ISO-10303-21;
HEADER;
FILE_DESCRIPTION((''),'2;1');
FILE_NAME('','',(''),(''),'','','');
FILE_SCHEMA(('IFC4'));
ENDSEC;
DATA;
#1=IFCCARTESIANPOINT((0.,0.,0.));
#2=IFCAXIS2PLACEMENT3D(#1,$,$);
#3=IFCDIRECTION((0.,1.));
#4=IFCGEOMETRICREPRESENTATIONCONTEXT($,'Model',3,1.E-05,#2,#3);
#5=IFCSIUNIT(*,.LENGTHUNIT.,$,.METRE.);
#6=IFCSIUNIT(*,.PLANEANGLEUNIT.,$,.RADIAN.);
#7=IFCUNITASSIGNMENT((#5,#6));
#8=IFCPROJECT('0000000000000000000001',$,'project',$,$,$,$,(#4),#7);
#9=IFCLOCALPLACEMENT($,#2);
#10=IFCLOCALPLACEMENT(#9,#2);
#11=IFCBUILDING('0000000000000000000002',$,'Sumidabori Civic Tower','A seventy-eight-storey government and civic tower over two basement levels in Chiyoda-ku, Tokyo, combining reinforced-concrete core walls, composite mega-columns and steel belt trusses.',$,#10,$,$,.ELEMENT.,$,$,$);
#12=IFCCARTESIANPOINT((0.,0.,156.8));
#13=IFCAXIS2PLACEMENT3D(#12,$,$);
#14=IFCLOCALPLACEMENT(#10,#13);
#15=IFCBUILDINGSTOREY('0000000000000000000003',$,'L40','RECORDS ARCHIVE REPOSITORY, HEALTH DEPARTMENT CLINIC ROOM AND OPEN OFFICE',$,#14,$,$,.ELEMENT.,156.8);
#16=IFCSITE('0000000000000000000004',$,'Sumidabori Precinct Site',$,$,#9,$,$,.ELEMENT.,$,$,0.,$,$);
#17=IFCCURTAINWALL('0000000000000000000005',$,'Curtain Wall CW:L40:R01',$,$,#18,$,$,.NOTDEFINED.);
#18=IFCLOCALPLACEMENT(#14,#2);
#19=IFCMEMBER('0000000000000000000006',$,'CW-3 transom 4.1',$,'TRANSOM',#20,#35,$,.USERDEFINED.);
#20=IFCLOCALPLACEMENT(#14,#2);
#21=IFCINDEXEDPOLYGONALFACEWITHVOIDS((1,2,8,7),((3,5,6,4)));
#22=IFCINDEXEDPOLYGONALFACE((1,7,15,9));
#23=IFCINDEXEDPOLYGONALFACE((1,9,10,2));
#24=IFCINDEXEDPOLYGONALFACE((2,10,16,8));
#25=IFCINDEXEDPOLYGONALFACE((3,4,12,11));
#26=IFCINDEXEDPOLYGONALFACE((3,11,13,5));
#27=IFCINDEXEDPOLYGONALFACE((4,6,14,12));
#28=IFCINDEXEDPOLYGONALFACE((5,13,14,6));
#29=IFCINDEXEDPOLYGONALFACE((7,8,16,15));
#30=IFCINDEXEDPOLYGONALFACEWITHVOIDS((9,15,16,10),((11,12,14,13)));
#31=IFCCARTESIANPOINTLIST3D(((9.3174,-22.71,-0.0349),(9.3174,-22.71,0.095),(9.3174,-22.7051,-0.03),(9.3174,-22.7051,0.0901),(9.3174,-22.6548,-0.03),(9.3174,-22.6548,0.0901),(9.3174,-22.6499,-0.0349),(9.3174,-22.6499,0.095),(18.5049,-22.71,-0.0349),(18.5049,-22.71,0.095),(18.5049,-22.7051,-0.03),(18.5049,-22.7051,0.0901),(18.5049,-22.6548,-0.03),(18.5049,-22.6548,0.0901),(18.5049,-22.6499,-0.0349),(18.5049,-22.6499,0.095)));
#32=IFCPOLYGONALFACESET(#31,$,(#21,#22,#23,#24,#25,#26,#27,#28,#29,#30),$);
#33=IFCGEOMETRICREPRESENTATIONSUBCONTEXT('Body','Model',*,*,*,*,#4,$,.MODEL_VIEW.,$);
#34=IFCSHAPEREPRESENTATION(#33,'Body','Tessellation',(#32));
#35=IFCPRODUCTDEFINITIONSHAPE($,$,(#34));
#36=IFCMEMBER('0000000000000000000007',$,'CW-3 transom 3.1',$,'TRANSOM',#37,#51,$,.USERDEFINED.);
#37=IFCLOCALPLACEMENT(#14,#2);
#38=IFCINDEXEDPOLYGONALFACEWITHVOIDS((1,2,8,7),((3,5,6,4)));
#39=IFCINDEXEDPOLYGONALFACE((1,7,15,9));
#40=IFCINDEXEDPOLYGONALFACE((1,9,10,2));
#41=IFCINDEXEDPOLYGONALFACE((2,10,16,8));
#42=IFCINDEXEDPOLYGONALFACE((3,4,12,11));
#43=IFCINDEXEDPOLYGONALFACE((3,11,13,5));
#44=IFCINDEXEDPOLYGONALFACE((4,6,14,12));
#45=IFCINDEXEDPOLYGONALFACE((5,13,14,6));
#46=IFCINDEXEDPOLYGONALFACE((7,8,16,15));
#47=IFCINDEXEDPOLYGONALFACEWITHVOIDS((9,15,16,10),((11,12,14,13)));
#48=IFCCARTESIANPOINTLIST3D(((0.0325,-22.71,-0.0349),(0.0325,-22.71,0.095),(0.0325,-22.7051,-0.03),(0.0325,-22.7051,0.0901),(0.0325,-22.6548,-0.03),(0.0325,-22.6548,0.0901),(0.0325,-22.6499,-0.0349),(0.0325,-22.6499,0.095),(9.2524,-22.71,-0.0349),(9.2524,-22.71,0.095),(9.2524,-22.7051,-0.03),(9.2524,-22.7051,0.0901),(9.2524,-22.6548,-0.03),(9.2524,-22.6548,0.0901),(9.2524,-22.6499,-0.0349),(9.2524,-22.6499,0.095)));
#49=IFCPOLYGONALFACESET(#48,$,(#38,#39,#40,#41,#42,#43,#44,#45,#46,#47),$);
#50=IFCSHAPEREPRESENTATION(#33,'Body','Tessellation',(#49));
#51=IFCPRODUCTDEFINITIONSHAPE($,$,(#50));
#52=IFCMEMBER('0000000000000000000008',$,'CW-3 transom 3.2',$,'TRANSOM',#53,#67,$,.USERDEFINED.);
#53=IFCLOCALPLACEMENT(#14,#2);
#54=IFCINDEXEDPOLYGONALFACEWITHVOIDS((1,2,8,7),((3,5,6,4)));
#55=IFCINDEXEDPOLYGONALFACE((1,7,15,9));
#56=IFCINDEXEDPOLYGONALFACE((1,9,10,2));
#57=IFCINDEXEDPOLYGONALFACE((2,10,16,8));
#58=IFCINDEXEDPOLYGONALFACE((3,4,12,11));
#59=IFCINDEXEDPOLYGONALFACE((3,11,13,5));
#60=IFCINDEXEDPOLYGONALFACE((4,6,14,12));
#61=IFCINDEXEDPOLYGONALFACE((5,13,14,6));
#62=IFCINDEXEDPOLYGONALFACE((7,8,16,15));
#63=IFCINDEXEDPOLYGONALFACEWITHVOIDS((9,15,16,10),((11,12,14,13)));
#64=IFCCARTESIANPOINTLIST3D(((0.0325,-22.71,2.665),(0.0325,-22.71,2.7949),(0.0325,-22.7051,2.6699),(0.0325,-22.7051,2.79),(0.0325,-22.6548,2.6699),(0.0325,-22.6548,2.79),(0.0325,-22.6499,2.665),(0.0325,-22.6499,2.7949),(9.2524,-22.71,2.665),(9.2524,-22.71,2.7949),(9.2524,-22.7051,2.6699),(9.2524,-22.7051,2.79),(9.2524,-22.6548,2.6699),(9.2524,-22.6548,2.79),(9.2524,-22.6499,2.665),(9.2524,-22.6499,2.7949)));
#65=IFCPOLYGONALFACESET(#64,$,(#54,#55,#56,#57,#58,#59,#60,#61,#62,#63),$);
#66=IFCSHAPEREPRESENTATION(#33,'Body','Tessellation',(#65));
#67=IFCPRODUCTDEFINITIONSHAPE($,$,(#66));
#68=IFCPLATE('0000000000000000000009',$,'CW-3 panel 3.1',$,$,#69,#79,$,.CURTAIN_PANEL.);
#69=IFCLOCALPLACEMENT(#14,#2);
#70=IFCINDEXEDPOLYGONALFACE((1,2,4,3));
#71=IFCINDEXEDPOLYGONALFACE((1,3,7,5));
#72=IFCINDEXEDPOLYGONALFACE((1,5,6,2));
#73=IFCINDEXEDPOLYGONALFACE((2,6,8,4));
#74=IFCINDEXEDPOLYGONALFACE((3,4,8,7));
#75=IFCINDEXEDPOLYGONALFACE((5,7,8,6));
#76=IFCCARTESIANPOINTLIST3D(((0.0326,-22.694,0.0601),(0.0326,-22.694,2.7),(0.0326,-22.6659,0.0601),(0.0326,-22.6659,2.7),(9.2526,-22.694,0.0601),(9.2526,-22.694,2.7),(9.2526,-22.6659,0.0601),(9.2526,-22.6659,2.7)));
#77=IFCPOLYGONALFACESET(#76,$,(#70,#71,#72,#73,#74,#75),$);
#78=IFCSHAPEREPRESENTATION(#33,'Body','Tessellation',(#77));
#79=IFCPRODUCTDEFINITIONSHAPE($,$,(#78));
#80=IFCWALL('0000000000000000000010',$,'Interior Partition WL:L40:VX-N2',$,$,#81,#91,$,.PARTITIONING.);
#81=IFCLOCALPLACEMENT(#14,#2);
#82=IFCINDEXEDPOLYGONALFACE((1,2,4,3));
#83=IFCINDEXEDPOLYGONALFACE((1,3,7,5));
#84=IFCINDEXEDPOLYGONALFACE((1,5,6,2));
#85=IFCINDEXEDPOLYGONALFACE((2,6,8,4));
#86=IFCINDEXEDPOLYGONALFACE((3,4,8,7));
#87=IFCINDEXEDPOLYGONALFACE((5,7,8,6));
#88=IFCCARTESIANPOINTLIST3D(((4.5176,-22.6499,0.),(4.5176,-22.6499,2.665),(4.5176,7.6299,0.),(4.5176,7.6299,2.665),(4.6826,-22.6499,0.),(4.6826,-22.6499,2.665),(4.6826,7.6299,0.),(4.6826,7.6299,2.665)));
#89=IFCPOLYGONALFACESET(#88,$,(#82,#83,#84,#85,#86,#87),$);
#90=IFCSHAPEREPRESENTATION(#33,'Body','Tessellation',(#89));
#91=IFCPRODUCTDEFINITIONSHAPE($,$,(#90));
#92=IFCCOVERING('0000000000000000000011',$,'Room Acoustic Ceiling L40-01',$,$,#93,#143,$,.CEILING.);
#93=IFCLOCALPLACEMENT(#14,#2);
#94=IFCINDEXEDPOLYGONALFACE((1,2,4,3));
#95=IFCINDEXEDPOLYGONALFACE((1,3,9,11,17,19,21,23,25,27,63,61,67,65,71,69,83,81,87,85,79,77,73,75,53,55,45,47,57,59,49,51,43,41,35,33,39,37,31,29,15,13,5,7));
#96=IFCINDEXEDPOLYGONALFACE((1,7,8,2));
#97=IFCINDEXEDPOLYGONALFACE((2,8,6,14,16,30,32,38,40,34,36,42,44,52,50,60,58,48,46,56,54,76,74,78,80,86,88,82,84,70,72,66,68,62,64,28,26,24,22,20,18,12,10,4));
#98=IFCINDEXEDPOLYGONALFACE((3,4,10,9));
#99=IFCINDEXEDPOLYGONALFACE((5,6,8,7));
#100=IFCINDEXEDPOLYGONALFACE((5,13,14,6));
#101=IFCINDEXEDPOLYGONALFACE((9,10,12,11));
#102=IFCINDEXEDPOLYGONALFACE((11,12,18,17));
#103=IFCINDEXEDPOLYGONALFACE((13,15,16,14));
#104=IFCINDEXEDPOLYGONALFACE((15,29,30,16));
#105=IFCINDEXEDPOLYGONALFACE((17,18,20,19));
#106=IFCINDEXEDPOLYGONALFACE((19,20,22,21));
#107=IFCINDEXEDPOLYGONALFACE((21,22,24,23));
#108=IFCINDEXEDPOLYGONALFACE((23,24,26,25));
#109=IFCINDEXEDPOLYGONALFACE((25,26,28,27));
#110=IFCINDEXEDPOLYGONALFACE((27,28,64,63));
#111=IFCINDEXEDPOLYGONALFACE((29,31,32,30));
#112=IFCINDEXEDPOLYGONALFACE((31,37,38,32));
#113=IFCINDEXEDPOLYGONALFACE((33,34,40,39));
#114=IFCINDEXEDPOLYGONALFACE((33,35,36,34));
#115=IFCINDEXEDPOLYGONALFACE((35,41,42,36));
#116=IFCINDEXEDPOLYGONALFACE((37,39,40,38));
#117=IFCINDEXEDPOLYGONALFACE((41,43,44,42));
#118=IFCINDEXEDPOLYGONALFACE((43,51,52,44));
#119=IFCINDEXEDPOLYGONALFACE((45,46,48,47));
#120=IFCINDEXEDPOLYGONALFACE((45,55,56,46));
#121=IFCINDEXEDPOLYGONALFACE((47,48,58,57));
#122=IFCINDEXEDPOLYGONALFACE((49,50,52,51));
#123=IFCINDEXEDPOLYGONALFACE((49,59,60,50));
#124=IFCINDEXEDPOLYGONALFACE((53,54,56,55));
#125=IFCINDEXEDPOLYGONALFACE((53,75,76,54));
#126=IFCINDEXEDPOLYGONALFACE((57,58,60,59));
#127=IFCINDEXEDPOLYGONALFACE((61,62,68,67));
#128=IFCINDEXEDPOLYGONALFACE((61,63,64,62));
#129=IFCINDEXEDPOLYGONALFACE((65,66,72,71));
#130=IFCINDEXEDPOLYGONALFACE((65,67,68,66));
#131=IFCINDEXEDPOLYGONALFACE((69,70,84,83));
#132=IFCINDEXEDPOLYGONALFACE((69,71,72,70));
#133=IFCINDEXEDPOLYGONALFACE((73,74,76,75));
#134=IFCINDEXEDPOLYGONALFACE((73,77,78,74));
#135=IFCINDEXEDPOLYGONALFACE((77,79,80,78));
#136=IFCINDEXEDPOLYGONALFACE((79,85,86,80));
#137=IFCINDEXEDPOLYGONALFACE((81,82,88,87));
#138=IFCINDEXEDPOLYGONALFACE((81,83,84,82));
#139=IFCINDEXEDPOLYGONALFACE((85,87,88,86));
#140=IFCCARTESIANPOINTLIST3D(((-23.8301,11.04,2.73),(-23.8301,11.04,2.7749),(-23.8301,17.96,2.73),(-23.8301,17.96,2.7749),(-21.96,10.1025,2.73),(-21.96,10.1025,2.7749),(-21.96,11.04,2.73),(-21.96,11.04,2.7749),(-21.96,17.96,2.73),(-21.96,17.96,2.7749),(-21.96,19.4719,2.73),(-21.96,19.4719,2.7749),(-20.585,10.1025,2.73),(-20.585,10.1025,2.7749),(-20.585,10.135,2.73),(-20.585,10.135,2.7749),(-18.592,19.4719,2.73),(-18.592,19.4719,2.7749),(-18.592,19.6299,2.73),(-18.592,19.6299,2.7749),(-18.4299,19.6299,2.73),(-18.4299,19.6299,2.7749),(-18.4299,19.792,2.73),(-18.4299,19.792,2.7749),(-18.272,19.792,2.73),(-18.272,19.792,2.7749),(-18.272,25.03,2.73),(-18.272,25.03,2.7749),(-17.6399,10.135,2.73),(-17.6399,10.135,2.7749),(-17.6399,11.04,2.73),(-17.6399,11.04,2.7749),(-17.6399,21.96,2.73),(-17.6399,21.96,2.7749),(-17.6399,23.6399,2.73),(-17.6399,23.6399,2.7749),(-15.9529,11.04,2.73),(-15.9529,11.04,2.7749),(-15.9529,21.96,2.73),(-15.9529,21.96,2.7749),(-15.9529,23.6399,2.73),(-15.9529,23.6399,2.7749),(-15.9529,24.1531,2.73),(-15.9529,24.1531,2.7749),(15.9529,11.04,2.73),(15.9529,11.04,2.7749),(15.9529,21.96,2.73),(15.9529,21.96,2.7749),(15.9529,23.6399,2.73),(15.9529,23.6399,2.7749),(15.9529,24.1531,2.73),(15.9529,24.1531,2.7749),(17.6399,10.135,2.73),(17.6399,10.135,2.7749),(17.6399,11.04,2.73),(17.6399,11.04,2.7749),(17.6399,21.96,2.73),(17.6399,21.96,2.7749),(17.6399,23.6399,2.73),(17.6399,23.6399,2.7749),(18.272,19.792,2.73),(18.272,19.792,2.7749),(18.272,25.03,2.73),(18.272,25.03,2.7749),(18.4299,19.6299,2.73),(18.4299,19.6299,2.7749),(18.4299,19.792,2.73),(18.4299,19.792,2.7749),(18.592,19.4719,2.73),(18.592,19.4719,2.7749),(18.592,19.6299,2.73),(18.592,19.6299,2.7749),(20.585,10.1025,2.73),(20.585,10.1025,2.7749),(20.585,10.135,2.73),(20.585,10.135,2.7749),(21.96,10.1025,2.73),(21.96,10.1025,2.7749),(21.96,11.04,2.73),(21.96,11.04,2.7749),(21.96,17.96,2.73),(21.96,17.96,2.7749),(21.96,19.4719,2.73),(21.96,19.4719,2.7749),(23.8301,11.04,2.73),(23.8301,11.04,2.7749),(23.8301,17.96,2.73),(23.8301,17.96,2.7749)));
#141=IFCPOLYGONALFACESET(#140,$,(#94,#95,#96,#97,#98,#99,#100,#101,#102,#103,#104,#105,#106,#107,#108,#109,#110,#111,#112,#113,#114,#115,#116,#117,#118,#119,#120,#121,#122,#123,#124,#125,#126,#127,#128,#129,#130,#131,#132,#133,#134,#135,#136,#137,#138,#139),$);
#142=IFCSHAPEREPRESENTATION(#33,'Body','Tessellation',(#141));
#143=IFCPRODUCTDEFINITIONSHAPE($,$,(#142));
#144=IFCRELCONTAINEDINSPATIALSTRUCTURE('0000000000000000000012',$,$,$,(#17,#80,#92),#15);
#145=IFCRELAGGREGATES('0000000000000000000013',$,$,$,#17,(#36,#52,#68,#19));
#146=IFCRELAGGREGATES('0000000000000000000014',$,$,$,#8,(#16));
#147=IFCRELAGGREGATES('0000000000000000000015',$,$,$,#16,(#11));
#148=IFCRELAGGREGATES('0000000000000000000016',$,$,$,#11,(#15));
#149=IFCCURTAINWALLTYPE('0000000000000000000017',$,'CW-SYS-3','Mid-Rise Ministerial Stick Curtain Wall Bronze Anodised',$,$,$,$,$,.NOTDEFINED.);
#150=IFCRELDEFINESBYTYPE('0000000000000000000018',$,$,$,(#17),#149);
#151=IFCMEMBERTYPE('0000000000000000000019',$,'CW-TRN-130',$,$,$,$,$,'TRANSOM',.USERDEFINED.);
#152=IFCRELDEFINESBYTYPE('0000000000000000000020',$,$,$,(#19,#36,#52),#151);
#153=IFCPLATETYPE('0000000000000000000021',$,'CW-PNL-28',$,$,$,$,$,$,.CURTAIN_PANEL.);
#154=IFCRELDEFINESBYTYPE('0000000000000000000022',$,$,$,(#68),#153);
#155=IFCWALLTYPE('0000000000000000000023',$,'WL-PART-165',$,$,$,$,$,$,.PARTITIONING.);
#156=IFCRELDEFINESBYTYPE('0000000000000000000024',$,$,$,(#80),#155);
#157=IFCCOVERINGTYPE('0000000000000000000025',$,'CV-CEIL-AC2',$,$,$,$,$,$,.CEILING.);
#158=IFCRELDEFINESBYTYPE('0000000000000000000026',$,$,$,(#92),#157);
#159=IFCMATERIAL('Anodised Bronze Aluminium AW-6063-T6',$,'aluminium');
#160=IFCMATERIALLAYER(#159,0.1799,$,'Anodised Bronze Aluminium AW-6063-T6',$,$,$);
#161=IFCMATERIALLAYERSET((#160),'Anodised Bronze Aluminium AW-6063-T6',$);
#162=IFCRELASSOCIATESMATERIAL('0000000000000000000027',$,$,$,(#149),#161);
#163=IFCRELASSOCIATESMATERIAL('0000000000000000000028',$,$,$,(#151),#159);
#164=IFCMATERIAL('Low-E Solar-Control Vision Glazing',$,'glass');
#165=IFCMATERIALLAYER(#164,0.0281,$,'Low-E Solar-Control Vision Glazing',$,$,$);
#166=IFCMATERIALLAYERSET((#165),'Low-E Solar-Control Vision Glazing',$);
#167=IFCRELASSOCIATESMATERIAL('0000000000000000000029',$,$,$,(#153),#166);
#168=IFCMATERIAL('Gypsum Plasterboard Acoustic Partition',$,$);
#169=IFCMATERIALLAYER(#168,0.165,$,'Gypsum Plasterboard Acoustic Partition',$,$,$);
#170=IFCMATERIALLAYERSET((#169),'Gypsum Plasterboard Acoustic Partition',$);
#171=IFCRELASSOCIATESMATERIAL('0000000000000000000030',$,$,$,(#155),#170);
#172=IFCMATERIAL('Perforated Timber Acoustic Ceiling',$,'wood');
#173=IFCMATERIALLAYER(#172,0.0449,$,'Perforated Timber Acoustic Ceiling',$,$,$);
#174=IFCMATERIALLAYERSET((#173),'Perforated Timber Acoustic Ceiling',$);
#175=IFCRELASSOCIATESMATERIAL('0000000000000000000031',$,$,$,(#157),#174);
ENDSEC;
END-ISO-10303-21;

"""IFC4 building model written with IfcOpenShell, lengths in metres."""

from ifc_helpers import new_model, si_unit, direction, frame, frame_2d, origin, origin_2d, place, context, subcontext, project, spatial, polyline, rectangle, hollow_rectangle, outline, extrude, source, transform, mapped, material, layer, layer_set, material_profile, profile_set, type_object, element, aggregate, save


model = new_model("IFC4")

# Units and contexts
model_context = context("Model", 3, precision=1e-05, world=origin(), true_north=direction((0.0, 1.0)))
body_context = subcontext(model_context, "Body", "Model", "MODEL_VIEW")
ifc_project = project(units=[si_unit("LENGTHUNIT", "METRE"), si_unit("PLANEANGLEUNIT", "RADIAN")], contexts=[model_context])

# Site, building, storey
site_placement = place(None, origin())
site = spatial("IfcSite", under=ifc_project, at=site_placement, Name="Sumidabori Precinct Site", CompositionType="ELEMENT", RefElevation=0.0)
building_placement = place(site_placement, origin())
building = spatial("IfcBuilding", under=site, at=building_placement, Name="Sumidabori Civic Tower", Description="A seventy-eight-storey government and civic tower over two basement levels in Chiyoda-ku, Tokyo, combining reinforced-concrete core walls, composite mega-columns and steel belt trusses.", CompositionType="ELEMENT")
storey_placement = place(building_placement, frame((0.0, 0.0, 156.8)))
storey = spatial("IfcBuildingStorey", under=building, at=storey_placement, Name="L40", Description="RECORDS ARCHIVE REPOSITORY, HEALTH DEPARTMENT CLINIC ROOM AND OPEN OFFICE", CompositionType="ELEMENT", Elevation=156.8)

# Curtain wall, members, plate
ifc_material_1 = material(Name="Anodised Bronze Aluminium AW-6063-T6", Category="aluminium")
ifc_layer_1 = layer(ifc_material_1, 0.1799, Name="Anodised Bronze Aluminium AW-6063-T6")
ifc_layer_set_1 = layer_set([ifc_layer_1], Name="Anodised Bronze Aluminium AW-6063-T6")
curtain_wall_type = type_object("IfcCurtainWallType", Name="CW-SYS-3", Description="Mid-Rise Ministerial Stick Curtain Wall Bronze Anodised", PredefinedType="NOTDEFINED", material=ifc_layer_set_1)
curtain_wall_placement = place(storey_placement, origin())
curtain_wall = element("IfcCurtainWall", 1, at=curtain_wall_placement, inside=storey, type_object=curtain_wall_type, Name="Curtain Wall CW:L40:R01", PredefinedType="NOTDEFINED")
ifc_material_profile_1 = material_profile(ifc_material_1, hollow_rectangle(XDim=0.0601, YDim=0.1299, WallThickness=0.0049, at=origin_2d()), Name="ALU TRANSOM 130x60")
ifc_profile_set_1 = profile_set([ifc_material_profile_1], Name="Anodised Bronze Aluminium AW-6063-T6")
member_type_1 = type_object("IfcMemberType", Name="CW-TRN-130", ElementType="TRANSOM", PredefinedType="USERDEFINED", material=ifc_profile_set_1)
shared_shape_1 = source(origin(), body_context, "Body", "SweptSolid", [
    extrude(hollow_rectangle(XDim=0.0601, YDim=0.1299, WallThickness=0.0049, at=origin_2d()), origin(), (0.0, 0.0, 1.0), 9.1875),
])
member_1_placement = place(storey_placement, frame((9.3174, -22.6799, 0.03), z_axis=(1.0, 0.0, 0.0), x_axis=(0.0, 1.0, 0.0)))
member_1 = element("IfcMember", 2, at=member_1_placement, type_object=member_type_1, Name="CW-3 transom 4.1", ObjectType="TRANSOM", PredefinedType="USERDEFINED", context=body_context, shape_type="MappedRepresentation", body=[
    mapped(shared_shape_1, transform((0.0, 0.0, 0.0), x_axis=(1.0, 0.0, 0.0), y_axis=(0.0, 1.0, 0.0), z_axis=(0.0, 0.0, 1.0), scale=1.0)),
])
shared_shape_2 = source(origin(), body_context, "Body", "SweptSolid", [
    extrude(hollow_rectangle(XDim=0.0601, YDim=0.1299, WallThickness=0.0049, at=origin_2d()), origin(), (0.0, 0.0, 1.0), 9.22),
])
member_2_placement = place(storey_placement, frame((0.0325, -22.6799, 0.03), z_axis=(1.0, 0.0, 0.0), x_axis=(0.0, 1.0, 0.0)))
member_2 = element("IfcMember", 3, at=member_2_placement, type_object=member_type_1, Name="CW-3 transom 3.1", ObjectType="TRANSOM", PredefinedType="USERDEFINED", context=body_context, shape_type="MappedRepresentation", body=[
    mapped(shared_shape_2, transform((0.0, 0.0, 0.0), x_axis=(1.0, 0.0, 0.0), y_axis=(0.0, 1.0, 0.0), z_axis=(0.0, 0.0, 1.0), scale=1.0)),
])
member_3_placement = place(storey_placement, frame((0.0325, -22.6799, 2.73), z_axis=(1.0, 0.0, 0.0), x_axis=(0.0, 1.0, 0.0)))
member_3 = element("IfcMember", 4, at=member_3_placement, type_object=member_type_1, Name="CW-3 transom 3.2", ObjectType="TRANSOM", PredefinedType="USERDEFINED", context=body_context, shape_type="MappedRepresentation", body=[
    mapped(shared_shape_2, transform((0.0, 0.0, 0.0), x_axis=(1.0, 0.0, 0.0), y_axis=(0.0, 1.0, 0.0), z_axis=(0.0, 0.0, 1.0), scale=1.0)),
])
ifc_material_2 = material(Name="Low-E Solar-Control Vision Glazing", Category="glass")
ifc_layer_2 = layer(ifc_material_2, 0.0281, Name="Low-E Solar-Control Vision Glazing")
ifc_layer_set_2 = layer_set([ifc_layer_2], Name="Low-E Solar-Control Vision Glazing")
plate_type = type_object("IfcPlateType", Name="CW-PNL-28", PredefinedType="CURTAIN_PANEL", material=ifc_layer_set_2)
shared_shape_3 = source(origin(), body_context, "Body", "SweptSolid", [
    extrude(rectangle(XDim=9.22, YDim=0.0281, at=origin_2d()), origin(), (0.0, 0.0, 1.0), 2.6399),
])
plate_placement = place(storey_placement, frame((4.6426, -22.6799, 0.0601), z_axis=(0.0, 0.0, 1.0), x_axis=(1.0, 0.0, 0.0)))
plate = element("IfcPlate", 5, at=plate_placement, type_object=plate_type, Name="CW-3 panel 3.1", PredefinedType="CURTAIN_PANEL", context=body_context, shape_type="MappedRepresentation", body=[
    mapped(shared_shape_3, transform((0.0, 0.0, 0.0), x_axis=(1.0, 0.0, 0.0), y_axis=(0.0, 1.0, 0.0), z_axis=(0.0, 0.0, 1.0), scale=1.0)),
])
aggregate(curtain_wall, [member_2, member_3, plate, member_1])

# Wall
ifc_material_3 = material(Name="Gypsum Plasterboard Acoustic Partition")
ifc_layer_3 = layer(ifc_material_3, 0.165, Name="Gypsum Plasterboard Acoustic Partition")
ifc_layer_set_3 = layer_set([ifc_layer_3], Name="Gypsum Plasterboard Acoustic Partition")
wall_type = type_object("IfcWallType", Name="WL-PART-165", PredefinedType="PARTITIONING", material=ifc_layer_set_3)
shared_shape_4 = source(origin(), body_context, "Body", "SweptSolid", [
    extrude(rectangle(XDim=30.2798, YDim=0.165, at=frame_2d((15.1399, 0.0))), origin(), (0.0, 0.0, 1.0), 2.665),
])
wall_placement = place(storey_placement, frame((4.6001, -22.6499, 0.0), z_axis=(0.0, 0.0, 1.0), x_axis=(0.0, 1.0, 0.0)))
element("IfcWall", 6, at=wall_placement, inside=storey, type_object=wall_type, Name="Interior Partition WL:L40:VX-N2", PredefinedType="PARTITIONING", context=body_context, shape_type="MappedRepresentation", body=[
    mapped(shared_shape_4, transform((0.0, 0.0, 0.0), x_axis=(1.0, 0.0, 0.0), y_axis=(0.0, 1.0, 0.0), z_axis=(0.0, 0.0, 1.0), scale=1.0)),
])

# Covering
ifc_material_4 = material(Name="Perforated Timber Acoustic Ceiling", Category="wood")
ifc_layer_4 = layer(ifc_material_4, 0.0449, Name="Perforated Timber Acoustic Ceiling")
ifc_layer_set_4 = layer_set([ifc_layer_4], Name="Perforated Timber Acoustic Ceiling")
covering_type_1 = type_object("IfcCoveringType", Name="CV-CEIL-AC2", PredefinedType="CEILING", material=ifc_layer_set_4)
covering_1_placement = place(storey_placement, frame((0.0, 0.0, 2.73)))
element("IfcCovering", 7, at=covering_1_placement, inside=storey, type_object=covering_type_1, Name="Room Acoustic Ceiling L40-01", PredefinedType="CEILING", context=body_context, shape_type="SweptSolid", body=[
    extrude(outline(polyline([(-23.8301, 17.96), (-21.96, 17.96), (-21.96, 19.4719), (-18.592, 19.4719), (-18.592, 19.6299), (-18.4299, 19.6299), (-18.4299, 19.792), (-18.272, 19.792), (-18.272, 25.03), (18.272, 25.03), (18.272, 19.792), (18.4299, 19.792), (18.4299, 19.6299), (18.592, 19.6299), (18.592, 19.4719), (21.96, 19.4719), (21.96, 17.96), (23.8301, 17.96), (23.8301, 11.04), (21.96, 11.04), (21.96, 10.1025), (20.585, 10.1025), (20.585, 10.135), (17.6399, 10.135), (17.6399, 11.04), (15.9529, 11.04), (15.9529, 21.96), (17.6399, 21.96), (17.6399, 23.6399), (15.9529, 23.6399), (15.9529, 24.1531), (-15.9529, 24.1531), (-15.9529, 23.6399), (-17.6399, 23.6399), (-17.6399, 21.96), (-15.9529, 21.96), (-15.9529, 11.04), (-17.6399, 11.04), (-17.6399, 10.135), (-20.585, 10.135), (-20.585, 10.1025), (-21.96, 10.1025), (-21.96, 11.04), (-23.8301, 11.04), (-23.8301, 17.96)])), origin(), (0.0, 0.0, 1.0), 0.0449),
])

save(model, "model.ifc")
